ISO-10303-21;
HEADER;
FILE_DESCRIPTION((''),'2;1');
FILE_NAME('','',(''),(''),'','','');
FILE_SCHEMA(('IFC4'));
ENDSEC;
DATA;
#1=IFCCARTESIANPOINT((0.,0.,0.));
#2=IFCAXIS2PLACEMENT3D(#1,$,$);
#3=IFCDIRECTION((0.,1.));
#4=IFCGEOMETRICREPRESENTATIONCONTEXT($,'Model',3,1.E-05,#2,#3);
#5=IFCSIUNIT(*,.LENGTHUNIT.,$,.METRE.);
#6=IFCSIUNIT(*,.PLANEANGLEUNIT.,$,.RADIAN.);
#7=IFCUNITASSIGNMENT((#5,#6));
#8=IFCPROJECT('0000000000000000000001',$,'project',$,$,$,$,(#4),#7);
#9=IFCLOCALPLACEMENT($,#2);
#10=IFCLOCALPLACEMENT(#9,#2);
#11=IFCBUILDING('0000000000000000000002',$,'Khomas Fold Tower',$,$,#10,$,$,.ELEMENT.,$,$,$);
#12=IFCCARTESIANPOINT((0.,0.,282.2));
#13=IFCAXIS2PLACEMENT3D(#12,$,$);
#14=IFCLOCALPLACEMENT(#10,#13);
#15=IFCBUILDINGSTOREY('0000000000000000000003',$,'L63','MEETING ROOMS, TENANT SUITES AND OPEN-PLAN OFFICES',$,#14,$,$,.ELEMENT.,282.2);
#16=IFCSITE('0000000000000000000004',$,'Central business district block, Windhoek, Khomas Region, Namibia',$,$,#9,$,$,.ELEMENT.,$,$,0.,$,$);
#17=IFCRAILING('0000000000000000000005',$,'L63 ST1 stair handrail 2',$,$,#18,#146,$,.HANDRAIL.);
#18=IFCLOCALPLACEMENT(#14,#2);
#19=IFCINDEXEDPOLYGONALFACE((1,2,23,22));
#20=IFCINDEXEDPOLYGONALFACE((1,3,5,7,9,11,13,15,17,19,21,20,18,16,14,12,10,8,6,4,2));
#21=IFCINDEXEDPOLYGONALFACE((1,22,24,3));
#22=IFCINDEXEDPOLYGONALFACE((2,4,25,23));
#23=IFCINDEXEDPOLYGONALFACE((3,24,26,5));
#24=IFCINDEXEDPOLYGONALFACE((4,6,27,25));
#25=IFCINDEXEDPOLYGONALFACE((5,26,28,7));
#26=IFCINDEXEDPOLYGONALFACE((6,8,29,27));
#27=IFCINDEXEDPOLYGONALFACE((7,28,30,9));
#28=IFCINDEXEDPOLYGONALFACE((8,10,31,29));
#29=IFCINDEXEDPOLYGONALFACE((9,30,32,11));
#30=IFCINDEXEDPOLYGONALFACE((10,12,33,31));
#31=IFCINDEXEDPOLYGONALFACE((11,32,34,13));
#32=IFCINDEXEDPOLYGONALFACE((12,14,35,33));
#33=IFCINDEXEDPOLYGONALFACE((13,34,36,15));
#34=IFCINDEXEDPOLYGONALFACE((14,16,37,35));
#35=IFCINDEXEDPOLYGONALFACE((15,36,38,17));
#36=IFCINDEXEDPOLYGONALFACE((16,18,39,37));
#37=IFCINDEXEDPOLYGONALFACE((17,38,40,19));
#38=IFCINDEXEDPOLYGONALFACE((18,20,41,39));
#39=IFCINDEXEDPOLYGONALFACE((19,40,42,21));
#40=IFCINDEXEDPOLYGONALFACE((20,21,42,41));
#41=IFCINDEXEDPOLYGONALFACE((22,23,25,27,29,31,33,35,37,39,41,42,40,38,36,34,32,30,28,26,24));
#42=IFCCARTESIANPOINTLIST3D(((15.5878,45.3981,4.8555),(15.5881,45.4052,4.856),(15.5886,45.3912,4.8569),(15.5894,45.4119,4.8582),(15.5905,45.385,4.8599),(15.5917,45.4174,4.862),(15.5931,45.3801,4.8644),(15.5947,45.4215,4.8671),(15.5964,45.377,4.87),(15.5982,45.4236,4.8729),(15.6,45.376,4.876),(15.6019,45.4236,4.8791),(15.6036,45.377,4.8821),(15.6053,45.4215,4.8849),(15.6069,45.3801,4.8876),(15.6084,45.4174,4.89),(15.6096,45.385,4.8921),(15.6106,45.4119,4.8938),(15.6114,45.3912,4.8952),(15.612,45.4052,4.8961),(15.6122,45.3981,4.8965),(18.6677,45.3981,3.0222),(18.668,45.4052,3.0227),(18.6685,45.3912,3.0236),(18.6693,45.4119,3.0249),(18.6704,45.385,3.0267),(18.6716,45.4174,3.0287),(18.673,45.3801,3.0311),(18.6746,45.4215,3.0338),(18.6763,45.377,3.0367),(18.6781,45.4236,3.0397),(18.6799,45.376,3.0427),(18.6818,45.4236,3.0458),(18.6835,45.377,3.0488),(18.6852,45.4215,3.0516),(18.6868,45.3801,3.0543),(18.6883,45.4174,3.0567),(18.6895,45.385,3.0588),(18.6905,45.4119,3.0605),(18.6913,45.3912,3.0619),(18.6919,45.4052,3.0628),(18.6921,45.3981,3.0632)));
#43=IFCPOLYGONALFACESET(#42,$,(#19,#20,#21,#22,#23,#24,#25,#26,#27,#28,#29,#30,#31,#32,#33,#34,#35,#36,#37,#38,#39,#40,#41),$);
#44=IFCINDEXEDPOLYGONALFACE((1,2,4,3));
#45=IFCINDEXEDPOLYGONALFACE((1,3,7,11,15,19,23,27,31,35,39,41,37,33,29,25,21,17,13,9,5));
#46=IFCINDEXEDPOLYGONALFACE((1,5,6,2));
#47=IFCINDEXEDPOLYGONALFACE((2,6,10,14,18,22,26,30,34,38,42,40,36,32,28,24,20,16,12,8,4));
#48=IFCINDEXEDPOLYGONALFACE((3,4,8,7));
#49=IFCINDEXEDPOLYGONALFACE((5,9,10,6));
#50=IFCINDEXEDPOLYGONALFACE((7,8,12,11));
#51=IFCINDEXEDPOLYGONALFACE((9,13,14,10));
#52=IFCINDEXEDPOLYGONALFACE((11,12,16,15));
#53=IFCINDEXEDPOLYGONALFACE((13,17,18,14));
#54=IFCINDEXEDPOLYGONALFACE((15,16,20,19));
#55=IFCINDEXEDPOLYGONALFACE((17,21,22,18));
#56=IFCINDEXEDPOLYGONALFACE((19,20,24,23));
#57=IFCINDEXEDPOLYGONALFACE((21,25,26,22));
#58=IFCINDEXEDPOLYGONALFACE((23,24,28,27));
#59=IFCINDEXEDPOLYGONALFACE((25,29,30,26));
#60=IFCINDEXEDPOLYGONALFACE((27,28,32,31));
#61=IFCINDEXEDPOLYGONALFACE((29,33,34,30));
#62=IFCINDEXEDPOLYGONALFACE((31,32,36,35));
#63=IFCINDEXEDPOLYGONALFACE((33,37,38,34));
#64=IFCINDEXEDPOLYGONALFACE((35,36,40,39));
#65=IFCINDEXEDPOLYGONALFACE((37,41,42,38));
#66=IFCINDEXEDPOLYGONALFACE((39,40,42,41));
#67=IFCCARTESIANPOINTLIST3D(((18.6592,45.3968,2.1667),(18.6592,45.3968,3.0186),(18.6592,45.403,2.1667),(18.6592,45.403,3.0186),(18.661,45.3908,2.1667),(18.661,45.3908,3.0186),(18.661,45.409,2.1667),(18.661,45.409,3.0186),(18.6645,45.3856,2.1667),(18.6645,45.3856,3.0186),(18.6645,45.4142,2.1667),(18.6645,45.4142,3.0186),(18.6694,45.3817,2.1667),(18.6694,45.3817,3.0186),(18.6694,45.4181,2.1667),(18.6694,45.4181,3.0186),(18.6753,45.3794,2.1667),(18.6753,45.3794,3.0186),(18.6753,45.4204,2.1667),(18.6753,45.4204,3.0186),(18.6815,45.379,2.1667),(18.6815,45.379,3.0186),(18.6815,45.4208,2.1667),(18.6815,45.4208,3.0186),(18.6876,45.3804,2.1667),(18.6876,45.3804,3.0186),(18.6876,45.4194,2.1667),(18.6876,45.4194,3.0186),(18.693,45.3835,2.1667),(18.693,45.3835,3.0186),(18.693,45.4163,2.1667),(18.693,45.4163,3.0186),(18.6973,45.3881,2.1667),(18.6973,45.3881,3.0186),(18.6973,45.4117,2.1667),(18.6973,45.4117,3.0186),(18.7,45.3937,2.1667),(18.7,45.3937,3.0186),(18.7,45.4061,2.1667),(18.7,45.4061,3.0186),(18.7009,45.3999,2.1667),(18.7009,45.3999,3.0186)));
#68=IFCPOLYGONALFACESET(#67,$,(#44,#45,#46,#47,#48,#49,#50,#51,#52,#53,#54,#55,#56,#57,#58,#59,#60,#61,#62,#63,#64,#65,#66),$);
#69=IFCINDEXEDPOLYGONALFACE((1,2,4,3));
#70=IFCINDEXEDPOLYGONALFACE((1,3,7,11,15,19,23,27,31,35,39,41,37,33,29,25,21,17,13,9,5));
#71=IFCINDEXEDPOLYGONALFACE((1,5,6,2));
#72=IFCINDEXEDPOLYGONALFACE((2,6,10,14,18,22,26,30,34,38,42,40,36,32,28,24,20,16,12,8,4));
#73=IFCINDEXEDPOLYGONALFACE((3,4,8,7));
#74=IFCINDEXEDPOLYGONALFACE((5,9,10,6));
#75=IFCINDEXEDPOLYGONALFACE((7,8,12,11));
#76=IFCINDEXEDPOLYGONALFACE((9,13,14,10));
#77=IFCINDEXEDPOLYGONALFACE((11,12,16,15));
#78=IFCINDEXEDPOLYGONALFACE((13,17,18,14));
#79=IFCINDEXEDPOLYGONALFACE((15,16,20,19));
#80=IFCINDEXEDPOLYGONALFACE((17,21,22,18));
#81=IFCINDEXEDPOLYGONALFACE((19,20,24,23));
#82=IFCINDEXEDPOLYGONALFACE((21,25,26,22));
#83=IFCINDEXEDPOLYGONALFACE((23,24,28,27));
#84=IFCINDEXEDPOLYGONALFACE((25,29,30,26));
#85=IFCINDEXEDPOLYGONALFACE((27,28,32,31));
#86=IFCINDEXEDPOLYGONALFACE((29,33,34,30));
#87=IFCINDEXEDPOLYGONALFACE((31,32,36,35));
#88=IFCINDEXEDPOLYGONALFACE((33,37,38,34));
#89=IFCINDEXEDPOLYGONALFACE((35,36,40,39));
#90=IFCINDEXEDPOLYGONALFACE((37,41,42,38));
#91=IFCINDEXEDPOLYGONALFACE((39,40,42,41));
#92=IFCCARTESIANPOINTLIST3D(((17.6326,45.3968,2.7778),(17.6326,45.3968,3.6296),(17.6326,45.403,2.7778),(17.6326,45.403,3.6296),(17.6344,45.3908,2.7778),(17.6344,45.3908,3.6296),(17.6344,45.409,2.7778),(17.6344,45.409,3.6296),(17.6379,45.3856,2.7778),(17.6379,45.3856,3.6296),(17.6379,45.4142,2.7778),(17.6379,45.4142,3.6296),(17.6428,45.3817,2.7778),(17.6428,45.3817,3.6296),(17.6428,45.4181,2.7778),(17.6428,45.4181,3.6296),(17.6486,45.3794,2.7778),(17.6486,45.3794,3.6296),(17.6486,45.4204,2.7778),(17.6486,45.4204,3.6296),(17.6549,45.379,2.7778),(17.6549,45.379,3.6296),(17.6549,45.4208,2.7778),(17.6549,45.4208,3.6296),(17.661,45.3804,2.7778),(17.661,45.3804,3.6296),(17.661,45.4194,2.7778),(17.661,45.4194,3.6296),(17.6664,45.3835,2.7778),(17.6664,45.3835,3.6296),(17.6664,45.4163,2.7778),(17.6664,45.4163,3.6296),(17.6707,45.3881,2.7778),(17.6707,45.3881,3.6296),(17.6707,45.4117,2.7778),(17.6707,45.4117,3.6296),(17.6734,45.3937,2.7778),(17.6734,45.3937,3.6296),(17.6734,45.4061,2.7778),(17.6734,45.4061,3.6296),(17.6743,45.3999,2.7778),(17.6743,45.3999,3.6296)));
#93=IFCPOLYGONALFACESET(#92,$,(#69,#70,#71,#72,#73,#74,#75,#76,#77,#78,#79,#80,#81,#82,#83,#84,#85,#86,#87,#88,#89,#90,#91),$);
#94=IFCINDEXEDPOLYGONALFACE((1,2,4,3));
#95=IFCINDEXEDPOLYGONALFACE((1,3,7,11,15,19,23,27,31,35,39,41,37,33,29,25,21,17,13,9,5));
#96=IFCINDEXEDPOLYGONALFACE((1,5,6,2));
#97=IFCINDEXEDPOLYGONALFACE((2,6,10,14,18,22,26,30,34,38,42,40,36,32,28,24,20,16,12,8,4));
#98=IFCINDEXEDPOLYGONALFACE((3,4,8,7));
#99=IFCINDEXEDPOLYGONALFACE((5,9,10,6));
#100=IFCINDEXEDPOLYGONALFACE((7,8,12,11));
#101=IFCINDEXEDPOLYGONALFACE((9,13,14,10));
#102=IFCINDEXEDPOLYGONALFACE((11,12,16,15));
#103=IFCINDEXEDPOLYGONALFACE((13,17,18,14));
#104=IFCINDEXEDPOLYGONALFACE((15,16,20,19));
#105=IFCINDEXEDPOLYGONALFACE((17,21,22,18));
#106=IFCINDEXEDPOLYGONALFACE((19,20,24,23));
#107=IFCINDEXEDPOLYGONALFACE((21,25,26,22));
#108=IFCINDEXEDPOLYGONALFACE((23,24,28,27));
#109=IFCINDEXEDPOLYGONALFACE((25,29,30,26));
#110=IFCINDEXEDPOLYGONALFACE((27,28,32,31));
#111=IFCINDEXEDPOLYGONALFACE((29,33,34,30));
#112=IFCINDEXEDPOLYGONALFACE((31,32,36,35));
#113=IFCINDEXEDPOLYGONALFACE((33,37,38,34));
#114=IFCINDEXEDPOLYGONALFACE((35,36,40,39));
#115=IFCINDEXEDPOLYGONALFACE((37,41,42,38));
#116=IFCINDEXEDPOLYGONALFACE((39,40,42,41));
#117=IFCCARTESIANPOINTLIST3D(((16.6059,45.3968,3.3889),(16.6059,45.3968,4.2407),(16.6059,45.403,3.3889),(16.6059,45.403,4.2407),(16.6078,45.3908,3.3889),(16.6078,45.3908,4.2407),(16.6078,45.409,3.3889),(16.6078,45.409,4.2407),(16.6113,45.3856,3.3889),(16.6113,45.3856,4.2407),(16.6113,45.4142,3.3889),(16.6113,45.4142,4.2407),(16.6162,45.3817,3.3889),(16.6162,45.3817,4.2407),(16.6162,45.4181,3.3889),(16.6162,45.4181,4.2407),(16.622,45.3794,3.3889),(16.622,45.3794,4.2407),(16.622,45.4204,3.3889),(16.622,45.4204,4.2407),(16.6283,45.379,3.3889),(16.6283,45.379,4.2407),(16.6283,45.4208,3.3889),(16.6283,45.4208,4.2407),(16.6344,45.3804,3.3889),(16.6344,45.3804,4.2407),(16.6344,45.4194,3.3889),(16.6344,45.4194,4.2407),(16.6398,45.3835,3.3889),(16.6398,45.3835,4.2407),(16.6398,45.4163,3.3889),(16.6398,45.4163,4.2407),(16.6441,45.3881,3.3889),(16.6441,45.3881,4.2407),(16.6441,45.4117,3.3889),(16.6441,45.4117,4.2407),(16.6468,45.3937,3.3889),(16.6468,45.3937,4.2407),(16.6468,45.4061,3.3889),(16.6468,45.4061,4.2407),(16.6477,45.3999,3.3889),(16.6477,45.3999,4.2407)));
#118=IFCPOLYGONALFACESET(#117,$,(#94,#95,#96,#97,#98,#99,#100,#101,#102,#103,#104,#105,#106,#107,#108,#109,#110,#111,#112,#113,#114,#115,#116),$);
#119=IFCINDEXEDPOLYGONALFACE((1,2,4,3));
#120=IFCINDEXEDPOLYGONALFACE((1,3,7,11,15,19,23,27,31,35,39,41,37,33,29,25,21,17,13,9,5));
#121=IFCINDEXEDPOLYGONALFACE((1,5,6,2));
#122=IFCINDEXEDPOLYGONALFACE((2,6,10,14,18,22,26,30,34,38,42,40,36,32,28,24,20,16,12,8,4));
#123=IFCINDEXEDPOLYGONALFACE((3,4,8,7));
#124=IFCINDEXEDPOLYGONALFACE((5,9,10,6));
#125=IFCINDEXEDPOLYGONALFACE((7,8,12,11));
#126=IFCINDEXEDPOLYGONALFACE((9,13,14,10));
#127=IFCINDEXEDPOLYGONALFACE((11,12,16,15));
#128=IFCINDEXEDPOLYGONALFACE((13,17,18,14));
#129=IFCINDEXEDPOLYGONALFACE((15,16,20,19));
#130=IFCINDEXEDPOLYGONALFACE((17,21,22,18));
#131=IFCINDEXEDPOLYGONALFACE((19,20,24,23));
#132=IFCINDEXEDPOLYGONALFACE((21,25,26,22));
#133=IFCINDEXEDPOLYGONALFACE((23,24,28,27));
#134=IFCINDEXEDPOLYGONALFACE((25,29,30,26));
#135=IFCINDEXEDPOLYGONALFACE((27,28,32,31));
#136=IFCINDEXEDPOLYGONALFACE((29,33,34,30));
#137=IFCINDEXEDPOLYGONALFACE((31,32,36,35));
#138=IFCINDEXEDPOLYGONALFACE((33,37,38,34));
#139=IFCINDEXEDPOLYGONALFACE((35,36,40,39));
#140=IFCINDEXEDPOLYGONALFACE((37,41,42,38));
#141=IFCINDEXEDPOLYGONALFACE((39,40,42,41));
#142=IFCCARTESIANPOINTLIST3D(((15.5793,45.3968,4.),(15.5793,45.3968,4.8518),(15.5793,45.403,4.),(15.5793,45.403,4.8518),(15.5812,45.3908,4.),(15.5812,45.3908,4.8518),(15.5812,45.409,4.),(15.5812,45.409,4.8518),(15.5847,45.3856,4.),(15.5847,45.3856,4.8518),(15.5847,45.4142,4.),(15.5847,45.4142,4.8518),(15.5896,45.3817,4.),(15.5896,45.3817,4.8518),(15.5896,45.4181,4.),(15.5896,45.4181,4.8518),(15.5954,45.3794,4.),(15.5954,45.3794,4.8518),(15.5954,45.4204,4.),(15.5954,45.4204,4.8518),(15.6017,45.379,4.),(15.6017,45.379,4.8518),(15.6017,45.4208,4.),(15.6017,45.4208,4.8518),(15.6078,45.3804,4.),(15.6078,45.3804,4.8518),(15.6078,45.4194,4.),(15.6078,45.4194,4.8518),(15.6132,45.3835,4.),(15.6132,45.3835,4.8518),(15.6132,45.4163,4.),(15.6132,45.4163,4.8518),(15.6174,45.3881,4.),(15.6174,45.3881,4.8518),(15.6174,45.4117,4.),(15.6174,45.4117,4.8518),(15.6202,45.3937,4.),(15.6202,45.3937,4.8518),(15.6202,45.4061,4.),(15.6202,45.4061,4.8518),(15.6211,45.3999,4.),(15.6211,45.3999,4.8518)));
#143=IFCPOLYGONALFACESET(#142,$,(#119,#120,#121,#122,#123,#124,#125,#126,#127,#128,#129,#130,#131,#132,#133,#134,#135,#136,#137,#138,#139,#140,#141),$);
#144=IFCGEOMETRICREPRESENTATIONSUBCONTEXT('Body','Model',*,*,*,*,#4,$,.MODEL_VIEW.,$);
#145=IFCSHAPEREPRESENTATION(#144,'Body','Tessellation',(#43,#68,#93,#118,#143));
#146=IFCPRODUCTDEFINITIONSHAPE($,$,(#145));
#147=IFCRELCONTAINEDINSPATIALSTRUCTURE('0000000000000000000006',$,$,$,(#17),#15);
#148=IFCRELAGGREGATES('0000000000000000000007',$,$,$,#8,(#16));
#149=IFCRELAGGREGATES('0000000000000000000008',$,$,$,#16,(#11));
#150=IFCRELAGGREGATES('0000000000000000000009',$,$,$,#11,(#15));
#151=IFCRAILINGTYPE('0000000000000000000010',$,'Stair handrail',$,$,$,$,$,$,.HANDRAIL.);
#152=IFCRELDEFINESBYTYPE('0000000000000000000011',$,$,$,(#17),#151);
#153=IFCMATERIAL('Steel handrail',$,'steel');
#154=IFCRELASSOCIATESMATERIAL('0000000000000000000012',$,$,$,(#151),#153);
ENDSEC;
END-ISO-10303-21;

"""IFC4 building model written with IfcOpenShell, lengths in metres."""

from ifc_helpers import new_model, si_unit, direction, frame, origin, origin_2d, place, context, subcontext, project, spatial, circle, extrude, source, transform, mapped, material, type_object, element, save


model = new_model("IFC4")

# Units and contexts
model_context = context("Model", 3, precision=1e-05, world=origin(), true_north=direction((0.0, 1.0)))
body_context = subcontext(model_context, "Body", "Model", "MODEL_VIEW")
ifc_project = project(units=[si_unit("LENGTHUNIT", "METRE"), si_unit("PLANEANGLEUNIT", "RADIAN")], contexts=[model_context])

# Site, building, storey
site_placement = place(None, origin())
site = spatial("IfcSite", under=ifc_project, at=site_placement, Name="Central business district block, Windhoek, Khomas Region, Namibia", CompositionType="ELEMENT", RefElevation=0.0)
building_placement = place(site_placement, origin())
building = spatial("IfcBuilding", under=site, at=building_placement, Name="Khomas Fold Tower", CompositionType="ELEMENT")
storey_placement = place(building_placement, frame((0.0, 0.0, 282.2)))
storey = spatial("IfcBuildingStorey", under=building, at=storey_placement, Name="L63", Description="MEETING ROOMS, TENANT SUITES AND OPEN-PLAN OFFICES", CompositionType="ELEMENT", Elevation=282.2)

# Railing
ifc_material_1 = material(Name="Steel handrail", Category="steel")
railing_type_1 = type_object("IfcRailingType", Name="Stair handrail", PredefinedType="HANDRAIL", material=ifc_material_1)
shared_shape_1 = source(origin(), body_context, "Body", "SweptSolid", [
    extrude(circle(Radius=0.0239, at=origin_2d()), frame((0.0, 0.0, 0.876), z_axis=(-0.859291, 0.0, 0.511487), x_axis=(0.0, -1.0, 0.0)), (0.0, 0.0, 1.0), 3.5842),
    extrude(circle(Radius=0.021, at=origin_2d()), origin(), (0.0, 0.0, 1.0), 0.8518),
    extrude(circle(Radius=0.021, at=origin_2d()), frame((-1.0266, 0.0, 0.6111)), (0.0, 0.0, 1.0), 0.8518),
    extrude(circle(Radius=0.021, at=origin_2d()), frame((-2.0532, 0.0, 1.2222)), (0.0, 0.0, 1.0), 0.8518),
    extrude(circle(Radius=0.021, at=origin_2d()), frame((-3.0798, 0.0, 1.8333)), (0.0, 0.0, 1.0), 0.8518),
])
railing_1_placement = place(storey_placement, frame((18.6799, 45.3999, 2.1667)))
element("IfcRailing", 1, at=railing_1_placement, inside=storey, type_object=railing_type_1, Name="L63 ST1 stair handrail 2", PredefinedType="HANDRAIL", context=body_context, shape_type="MappedRepresentation", body=[
    mapped(shared_shape_1, transform((0.0, 0.0, 0.0))),
])

save(model, "model.ifc")
